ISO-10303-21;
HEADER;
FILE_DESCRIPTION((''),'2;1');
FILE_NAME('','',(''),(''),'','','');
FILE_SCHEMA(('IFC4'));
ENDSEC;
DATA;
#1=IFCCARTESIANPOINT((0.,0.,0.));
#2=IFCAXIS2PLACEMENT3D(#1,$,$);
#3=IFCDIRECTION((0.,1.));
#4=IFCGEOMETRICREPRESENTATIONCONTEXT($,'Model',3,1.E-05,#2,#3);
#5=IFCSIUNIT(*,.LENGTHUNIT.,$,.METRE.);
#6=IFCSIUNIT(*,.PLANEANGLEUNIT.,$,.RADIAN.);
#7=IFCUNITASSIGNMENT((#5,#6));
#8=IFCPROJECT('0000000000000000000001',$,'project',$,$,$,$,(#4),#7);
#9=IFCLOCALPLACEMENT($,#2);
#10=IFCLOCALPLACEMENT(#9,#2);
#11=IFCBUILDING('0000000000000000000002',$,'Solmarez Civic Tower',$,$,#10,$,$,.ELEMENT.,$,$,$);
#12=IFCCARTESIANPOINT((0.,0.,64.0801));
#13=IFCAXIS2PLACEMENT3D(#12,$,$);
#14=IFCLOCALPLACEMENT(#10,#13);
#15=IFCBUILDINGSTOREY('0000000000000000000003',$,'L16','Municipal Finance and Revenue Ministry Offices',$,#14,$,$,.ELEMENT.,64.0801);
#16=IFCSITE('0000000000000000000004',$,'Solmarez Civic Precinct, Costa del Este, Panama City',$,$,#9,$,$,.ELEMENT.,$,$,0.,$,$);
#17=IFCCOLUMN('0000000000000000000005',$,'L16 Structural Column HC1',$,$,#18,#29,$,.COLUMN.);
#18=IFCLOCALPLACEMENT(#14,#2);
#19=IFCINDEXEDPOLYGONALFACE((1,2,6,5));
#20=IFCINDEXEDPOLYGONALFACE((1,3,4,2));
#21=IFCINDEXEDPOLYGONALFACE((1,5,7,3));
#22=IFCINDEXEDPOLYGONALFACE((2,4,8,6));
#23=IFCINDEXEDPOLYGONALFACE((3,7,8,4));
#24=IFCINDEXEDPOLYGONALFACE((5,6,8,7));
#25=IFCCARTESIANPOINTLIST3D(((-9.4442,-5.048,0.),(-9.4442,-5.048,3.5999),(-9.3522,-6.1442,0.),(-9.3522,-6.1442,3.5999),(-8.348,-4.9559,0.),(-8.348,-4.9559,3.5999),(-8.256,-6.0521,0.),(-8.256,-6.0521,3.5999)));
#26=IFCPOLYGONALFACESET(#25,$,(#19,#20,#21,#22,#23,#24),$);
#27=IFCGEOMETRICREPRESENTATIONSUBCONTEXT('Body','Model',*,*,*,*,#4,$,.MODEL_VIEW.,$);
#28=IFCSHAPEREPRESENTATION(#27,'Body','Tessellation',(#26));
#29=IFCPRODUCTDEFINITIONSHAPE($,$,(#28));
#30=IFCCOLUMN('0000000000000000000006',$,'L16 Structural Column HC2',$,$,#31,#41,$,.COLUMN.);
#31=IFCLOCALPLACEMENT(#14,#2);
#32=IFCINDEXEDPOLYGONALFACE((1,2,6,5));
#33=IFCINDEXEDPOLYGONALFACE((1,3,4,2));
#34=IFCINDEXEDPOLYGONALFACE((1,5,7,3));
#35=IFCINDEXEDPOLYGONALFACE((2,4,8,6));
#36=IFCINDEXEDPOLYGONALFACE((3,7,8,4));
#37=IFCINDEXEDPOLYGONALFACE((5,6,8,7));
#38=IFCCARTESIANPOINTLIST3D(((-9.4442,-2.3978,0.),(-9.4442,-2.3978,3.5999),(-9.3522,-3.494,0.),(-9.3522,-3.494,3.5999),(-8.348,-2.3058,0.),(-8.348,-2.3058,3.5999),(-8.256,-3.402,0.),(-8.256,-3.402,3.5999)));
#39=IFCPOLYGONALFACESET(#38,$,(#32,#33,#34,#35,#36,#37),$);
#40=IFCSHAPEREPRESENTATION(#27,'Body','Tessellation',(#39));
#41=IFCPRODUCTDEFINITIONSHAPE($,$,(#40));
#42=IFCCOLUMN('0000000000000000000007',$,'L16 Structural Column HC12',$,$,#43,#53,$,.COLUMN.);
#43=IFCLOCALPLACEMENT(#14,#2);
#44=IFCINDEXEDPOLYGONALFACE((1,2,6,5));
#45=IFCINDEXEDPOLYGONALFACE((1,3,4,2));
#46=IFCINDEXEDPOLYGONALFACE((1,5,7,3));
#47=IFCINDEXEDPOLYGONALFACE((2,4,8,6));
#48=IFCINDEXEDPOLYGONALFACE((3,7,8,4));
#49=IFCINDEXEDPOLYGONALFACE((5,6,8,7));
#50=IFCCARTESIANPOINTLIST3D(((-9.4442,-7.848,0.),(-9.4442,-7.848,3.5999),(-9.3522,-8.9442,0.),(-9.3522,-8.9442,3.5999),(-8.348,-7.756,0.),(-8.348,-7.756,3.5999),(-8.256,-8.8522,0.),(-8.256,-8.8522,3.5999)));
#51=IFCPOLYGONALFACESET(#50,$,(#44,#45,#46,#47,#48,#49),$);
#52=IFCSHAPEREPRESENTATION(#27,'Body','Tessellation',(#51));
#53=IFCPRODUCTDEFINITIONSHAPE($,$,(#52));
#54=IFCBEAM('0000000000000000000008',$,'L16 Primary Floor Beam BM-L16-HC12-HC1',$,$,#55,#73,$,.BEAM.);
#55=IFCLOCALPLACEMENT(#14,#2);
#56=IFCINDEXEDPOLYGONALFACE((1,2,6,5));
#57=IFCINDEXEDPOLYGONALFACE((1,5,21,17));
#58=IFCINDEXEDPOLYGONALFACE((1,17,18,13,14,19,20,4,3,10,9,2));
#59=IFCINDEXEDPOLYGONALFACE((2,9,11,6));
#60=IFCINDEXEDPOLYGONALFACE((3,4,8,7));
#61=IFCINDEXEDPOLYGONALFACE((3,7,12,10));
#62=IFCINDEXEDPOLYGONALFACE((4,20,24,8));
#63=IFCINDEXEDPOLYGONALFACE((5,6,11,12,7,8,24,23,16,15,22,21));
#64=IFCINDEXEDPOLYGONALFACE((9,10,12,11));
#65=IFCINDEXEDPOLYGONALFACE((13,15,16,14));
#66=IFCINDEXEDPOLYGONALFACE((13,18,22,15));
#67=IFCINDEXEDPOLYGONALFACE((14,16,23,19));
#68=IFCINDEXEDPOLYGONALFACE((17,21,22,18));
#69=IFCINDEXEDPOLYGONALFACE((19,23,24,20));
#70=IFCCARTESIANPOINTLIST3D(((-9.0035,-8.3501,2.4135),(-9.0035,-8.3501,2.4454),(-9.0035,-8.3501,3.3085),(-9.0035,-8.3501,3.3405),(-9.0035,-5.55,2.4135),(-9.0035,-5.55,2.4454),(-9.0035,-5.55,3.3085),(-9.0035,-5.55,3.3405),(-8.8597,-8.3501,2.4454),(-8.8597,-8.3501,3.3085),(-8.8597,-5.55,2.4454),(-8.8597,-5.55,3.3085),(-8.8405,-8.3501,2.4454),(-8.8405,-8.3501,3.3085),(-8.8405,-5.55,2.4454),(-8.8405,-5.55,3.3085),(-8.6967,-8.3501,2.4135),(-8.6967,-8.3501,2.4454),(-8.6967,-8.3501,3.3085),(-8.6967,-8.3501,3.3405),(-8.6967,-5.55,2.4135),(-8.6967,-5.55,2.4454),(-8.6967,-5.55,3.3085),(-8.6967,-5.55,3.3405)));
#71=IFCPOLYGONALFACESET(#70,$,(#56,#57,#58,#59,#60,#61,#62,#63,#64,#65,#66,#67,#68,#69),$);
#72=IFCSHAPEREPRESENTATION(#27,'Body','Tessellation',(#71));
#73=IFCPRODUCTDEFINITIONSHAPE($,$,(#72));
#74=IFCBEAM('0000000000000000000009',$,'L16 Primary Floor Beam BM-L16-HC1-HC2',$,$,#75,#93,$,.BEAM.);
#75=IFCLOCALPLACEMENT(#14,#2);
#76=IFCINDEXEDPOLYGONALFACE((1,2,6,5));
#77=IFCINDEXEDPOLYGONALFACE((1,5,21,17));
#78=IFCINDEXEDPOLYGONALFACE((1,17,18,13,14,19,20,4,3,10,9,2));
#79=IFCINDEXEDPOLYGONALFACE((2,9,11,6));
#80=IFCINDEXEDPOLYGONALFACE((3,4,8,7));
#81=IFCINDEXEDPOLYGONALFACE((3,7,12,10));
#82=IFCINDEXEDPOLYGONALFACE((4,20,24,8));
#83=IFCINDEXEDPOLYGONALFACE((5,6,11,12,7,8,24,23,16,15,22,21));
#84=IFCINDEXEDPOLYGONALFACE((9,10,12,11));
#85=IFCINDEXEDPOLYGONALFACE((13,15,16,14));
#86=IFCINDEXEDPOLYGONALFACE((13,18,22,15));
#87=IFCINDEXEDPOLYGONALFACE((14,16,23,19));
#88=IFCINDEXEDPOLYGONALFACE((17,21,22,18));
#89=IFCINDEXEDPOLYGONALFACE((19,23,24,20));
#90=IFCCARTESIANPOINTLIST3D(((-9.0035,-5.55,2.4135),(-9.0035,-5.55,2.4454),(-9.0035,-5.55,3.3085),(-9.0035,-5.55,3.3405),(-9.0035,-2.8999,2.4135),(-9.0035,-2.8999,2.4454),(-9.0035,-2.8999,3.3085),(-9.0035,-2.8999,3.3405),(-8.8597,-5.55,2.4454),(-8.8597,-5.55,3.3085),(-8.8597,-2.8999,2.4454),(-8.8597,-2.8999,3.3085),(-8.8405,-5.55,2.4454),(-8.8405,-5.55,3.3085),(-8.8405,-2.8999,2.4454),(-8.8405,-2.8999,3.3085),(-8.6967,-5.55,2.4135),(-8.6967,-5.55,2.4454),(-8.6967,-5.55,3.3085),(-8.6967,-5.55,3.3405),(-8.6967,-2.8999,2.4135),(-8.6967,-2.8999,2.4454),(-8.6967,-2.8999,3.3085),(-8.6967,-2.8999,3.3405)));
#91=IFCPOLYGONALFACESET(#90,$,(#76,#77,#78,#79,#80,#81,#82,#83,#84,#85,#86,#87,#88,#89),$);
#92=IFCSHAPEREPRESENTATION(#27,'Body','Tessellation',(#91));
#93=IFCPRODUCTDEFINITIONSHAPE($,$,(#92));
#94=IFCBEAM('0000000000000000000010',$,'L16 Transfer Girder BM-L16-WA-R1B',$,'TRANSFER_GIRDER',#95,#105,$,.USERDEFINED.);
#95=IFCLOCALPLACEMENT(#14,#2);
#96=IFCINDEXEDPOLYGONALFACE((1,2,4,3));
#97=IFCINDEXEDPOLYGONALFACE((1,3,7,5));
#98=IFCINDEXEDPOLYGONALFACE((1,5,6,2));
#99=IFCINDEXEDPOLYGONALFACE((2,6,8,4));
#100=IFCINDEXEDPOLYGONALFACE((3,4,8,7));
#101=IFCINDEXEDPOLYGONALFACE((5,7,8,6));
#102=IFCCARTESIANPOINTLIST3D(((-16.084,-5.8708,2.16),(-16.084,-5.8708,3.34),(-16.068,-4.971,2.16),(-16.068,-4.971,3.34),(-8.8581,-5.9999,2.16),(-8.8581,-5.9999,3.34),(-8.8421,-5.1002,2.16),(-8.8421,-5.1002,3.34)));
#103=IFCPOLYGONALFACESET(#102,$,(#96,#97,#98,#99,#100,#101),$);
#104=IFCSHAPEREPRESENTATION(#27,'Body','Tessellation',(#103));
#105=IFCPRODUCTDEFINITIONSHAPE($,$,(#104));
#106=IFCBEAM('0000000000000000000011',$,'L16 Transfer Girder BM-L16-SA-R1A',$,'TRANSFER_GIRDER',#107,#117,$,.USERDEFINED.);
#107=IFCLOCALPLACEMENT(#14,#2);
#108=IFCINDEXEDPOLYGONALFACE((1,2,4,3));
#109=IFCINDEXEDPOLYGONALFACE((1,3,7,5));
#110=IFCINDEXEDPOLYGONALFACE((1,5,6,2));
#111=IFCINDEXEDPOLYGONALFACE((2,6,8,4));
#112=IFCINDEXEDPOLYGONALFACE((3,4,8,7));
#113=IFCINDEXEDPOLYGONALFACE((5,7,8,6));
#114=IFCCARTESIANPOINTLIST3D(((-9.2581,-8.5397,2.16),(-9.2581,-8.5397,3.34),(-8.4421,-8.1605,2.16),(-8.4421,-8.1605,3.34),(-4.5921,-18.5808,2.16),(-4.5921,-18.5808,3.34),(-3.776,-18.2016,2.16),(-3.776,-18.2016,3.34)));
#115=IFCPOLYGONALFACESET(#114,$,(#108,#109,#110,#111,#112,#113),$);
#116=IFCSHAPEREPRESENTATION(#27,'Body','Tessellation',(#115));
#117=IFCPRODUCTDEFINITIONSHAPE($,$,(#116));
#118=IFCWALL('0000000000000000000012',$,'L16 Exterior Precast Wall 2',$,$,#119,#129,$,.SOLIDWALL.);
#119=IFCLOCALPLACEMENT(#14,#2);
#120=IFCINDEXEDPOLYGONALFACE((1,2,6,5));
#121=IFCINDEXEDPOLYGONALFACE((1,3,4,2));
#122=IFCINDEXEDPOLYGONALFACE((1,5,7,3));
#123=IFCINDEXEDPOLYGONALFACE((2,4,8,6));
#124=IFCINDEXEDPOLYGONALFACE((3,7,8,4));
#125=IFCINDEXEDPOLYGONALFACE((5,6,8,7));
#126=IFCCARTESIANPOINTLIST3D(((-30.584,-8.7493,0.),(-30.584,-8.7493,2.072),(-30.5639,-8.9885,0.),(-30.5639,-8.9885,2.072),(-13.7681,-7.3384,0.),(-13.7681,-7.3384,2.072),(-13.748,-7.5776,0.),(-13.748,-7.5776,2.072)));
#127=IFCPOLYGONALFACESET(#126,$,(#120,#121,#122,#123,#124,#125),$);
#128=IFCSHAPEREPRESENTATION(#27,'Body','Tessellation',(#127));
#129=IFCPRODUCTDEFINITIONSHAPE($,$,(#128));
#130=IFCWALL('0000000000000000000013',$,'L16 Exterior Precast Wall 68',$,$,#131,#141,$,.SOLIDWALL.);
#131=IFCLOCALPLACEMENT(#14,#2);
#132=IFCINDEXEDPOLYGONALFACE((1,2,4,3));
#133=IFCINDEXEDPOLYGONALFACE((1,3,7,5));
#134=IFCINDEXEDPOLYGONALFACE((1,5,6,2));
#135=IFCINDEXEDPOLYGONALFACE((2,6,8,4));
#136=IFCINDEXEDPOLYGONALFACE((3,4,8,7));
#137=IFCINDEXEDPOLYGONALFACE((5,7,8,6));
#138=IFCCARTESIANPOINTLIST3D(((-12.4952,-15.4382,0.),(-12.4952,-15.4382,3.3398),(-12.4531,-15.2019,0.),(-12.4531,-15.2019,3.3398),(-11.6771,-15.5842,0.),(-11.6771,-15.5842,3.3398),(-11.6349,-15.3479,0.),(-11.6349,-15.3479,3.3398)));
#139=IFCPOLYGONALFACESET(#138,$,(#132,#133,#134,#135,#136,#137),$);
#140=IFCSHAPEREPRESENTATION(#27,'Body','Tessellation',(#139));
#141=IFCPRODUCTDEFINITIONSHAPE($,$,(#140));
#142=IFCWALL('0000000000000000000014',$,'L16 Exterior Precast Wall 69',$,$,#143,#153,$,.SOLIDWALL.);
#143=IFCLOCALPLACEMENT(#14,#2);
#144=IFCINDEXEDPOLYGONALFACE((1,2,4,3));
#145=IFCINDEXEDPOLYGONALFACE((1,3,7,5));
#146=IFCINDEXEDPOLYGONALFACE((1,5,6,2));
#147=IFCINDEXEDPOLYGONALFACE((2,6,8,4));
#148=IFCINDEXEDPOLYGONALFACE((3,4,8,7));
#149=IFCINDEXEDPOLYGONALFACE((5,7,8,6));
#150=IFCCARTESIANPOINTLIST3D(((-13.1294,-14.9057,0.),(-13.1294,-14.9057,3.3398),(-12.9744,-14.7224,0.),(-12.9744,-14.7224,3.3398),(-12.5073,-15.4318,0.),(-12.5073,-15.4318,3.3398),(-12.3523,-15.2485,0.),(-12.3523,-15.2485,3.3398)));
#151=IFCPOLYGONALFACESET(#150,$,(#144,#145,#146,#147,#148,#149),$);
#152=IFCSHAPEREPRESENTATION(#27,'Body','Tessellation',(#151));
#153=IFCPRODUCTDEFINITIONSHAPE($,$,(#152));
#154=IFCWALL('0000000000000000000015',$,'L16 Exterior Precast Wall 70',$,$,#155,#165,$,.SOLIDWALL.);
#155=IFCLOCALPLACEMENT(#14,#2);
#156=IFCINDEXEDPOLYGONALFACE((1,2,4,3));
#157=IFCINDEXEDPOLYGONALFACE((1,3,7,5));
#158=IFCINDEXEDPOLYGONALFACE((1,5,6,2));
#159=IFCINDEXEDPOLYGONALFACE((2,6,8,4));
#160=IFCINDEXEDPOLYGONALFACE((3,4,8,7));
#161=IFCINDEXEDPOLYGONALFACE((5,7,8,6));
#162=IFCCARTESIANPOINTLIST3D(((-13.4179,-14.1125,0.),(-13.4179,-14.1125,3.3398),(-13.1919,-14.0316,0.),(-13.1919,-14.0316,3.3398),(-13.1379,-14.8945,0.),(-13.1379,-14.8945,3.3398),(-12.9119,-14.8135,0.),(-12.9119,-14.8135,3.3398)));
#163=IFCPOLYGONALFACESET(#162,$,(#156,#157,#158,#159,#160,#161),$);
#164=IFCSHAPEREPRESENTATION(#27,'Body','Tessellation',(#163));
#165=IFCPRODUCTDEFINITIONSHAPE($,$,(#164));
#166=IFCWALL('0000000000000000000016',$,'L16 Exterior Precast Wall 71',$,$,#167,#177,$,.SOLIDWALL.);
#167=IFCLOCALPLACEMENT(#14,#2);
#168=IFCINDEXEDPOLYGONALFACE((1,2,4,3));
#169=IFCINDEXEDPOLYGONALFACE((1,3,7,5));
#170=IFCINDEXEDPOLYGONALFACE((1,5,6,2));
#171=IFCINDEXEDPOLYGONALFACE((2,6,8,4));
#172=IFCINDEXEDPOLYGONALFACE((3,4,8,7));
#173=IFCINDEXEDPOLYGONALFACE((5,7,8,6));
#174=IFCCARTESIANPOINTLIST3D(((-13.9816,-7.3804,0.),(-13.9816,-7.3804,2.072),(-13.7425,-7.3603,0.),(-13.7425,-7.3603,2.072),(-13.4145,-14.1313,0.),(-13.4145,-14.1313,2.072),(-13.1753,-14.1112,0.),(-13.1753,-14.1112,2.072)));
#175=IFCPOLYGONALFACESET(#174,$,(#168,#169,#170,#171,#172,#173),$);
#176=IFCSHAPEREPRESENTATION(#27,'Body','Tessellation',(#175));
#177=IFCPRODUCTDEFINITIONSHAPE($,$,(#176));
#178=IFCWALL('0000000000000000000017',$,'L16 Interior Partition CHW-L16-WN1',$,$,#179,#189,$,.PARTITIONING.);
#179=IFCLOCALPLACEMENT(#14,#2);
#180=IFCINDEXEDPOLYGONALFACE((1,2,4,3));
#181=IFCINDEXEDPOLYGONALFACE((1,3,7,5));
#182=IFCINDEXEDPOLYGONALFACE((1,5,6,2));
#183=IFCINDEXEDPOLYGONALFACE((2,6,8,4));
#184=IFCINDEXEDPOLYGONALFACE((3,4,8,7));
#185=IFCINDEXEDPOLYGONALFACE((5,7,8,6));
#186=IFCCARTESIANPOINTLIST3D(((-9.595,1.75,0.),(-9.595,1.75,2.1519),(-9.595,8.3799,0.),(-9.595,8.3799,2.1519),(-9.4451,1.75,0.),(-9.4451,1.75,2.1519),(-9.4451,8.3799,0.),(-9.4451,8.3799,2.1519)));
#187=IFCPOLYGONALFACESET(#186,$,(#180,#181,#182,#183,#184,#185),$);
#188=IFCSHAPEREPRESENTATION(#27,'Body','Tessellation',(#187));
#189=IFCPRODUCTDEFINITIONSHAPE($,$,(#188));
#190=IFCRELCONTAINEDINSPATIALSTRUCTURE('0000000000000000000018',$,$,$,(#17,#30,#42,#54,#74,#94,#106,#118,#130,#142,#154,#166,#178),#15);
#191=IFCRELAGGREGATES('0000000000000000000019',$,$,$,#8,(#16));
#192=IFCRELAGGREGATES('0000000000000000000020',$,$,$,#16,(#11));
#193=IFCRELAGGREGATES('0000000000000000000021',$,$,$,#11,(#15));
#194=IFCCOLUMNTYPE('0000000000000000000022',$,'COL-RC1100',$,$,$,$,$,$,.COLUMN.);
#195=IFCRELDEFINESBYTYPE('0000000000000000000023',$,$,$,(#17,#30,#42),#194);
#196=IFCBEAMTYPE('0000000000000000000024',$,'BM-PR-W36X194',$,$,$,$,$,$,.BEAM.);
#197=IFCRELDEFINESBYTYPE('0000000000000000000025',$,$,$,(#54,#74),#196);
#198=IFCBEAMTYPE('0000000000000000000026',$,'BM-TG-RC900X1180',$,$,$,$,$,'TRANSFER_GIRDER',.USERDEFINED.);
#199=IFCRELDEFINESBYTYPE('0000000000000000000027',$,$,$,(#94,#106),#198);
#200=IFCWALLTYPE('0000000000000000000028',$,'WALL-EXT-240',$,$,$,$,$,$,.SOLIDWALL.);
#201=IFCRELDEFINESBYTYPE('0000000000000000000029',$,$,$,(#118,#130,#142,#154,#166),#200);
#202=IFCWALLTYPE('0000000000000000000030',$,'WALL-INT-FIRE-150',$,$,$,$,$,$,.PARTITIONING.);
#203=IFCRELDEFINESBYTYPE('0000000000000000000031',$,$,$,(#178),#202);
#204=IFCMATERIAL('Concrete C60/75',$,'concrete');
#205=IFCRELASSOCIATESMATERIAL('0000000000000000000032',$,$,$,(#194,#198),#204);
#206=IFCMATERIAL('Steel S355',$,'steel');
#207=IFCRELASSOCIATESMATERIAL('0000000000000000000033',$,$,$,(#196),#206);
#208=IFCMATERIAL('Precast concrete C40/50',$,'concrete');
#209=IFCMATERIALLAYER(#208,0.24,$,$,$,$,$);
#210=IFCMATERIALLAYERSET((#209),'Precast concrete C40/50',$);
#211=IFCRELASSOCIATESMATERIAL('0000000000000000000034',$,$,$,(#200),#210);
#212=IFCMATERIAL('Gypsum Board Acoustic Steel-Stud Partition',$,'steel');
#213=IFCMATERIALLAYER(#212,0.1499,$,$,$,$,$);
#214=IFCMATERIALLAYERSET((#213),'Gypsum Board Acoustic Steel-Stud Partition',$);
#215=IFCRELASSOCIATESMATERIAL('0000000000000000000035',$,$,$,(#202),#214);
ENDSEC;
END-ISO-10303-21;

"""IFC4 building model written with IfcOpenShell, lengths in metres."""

from ifc_helpers import new_model, si_unit, direction, frame, frame_2d, origin, origin_2d, place, context, subcontext, project, spatial, rectangle, i_section, extrude, material, layer, layer_set, material_profile, profile_set, type_object, element, save


model = new_model("IFC4")

# Units and contexts
model_context = context("Model", 3, precision=1e-05, world=origin(), true_north=direction((0.0, 1.0)))
body_context = subcontext(model_context, "Body", "Model", "MODEL_VIEW")
ifc_project = project(units=[si_unit("LENGTHUNIT", "METRE"), si_unit("PLANEANGLEUNIT", "RADIAN")], contexts=[model_context])

# Site, building, storey
site_placement = place(None, origin())
site = spatial("IfcSite", under=ifc_project, at=site_placement, Name="Solmarez Civic Precinct, Costa del Este, Panama City", CompositionType="ELEMENT", RefElevation=0.0)
building_placement = place(site_placement, origin())
building = spatial("IfcBuilding", under=site, at=building_placement, Name="Solmarez Civic Tower", CompositionType="ELEMENT")
storey_placement = place(building_placement, frame((0.0, 0.0, 64.0801)))
storey = spatial("IfcBuildingStorey", under=building, at=storey_placement, Name="L16", Description="Municipal Finance and Revenue Ministry Offices", CompositionType="ELEMENT", Elevation=64.0801)

# Columns
ifc_material_1 = material(Name="Concrete C60/75", Category="concrete")
ifc_material_profile_1 = material_profile(ifc_material_1, rectangle(XDim=1.1001, YDim=1.1001, at=origin_2d()), Name="RC1100X1100")
ifc_profile_set_1 = profile_set([ifc_material_profile_1], Name="Concrete C60/75")
column_type = type_object("IfcColumnType", Name="COL-RC1100", PredefinedType="COLUMN", material=ifc_profile_set_1)
for number, where, z_axis, x_axis, name in (
    (1, (-8.8501, -5.55, 0.0), (0.0, 0.0, 1.0), (0.996493, 0.083678, 0.0), "L16 Structural Column HC1"),
    (2, (-8.8501, -2.8999, 0.0), (0.0, 0.0, 1.0), (0.996493, 0.083678, 0.0), "L16 Structural Column HC2"),
    (3, (-8.8501, -8.3501, 0.0), (0.0, 0.0, 1.0), (0.996493, 0.083678, 0.0), "L16 Structural Column HC12"),
):
    element("IfcColumn", number, at=place(storey_placement, frame(where, z_axis=z_axis, x_axis=x_axis)), inside=storey, type_object=column_type, Name=name, PredefinedType="COLUMN", context=body_context, shape_type="SweptSolid", body=[
        extrude(rectangle(XDim=1.1001, YDim=1.1001, at=origin_2d()), origin(), (0.0, 0.0, 1.0), 3.5999),
    ])

# Beams
ifc_material_2 = material(Name="Steel S355", Category="steel")
ifc_material_profile_2 = material_profile(ifc_material_2, i_section(OverallWidth=0.3069, OverallDepth=0.927, WebThickness=0.0193, FlangeThickness=0.032, at=origin_2d()), Name="W36X194")
ifc_profile_set_2 = profile_set([ifc_material_profile_2], Name="Steel S355")
beam_type_1 = type_object("IfcBeamType", Name="BM-PR-W36X194", PredefinedType="BEAM", material=ifc_profile_set_2)
beam_1_placement = place(storey_placement, frame((-8.8501, -8.3501, 2.877), z_axis=(0.0, 1.0, 0.0), x_axis=(-1.0, 0.0, 0.0)))
element("IfcBeam", 4, at=beam_1_placement, inside=storey, type_object=beam_type_1, Name="L16 Primary Floor Beam BM-L16-HC12-HC1", PredefinedType="BEAM", context=body_context, shape_type="SweptSolid", body=[
    extrude(i_section(OverallWidth=0.3069, OverallDepth=0.927, WebThickness=0.0193, FlangeThickness=0.032, at=origin_2d()), origin(), (0.0, 0.0, 1.0), 2.8),
])
beam_2_placement = place(storey_placement, frame((-8.8501, -5.55, 2.877), z_axis=(0.0, 1.0, 0.0), x_axis=(-1.0, 0.0, 0.0)))
element("IfcBeam", 5, at=beam_2_placement, inside=storey, type_object=beam_type_1, Name="L16 Primary Floor Beam BM-L16-HC1-HC2", PredefinedType="BEAM", context=body_context, shape_type="SweptSolid", body=[
    extrude(i_section(OverallWidth=0.3069, OverallDepth=0.927, WebThickness=0.0193, FlangeThickness=0.032, at=origin_2d()), origin(), (0.0, 0.0, 1.0), 2.6501),
])
ifc_material_profile_3 = material_profile(ifc_material_1, rectangle(XDim=0.8999, YDim=1.1799, at=origin_2d()), Name="RC900X1180")
ifc_profile_set_3 = profile_set([ifc_material_profile_3], Name="Concrete C60/75")
beam_type_2 = type_object("IfcBeamType", Name="BM-TG-RC900X1180", ElementType="TRANSFER_GIRDER", PredefinedType="USERDEFINED", material=ifc_profile_set_3)
beam_3_placement = place(storey_placement, frame((-8.8501, -5.55, 2.75), z_axis=(-0.99984, 0.017871, 0.0), x_axis=(-0.017871, -0.99984, 0.0)))
element("IfcBeam", 6, at=beam_3_placement, inside=storey, type_object=beam_type_2, Name="L16 Transfer Girder BM-L16-WA-R1B", ObjectType="TRANSFER_GIRDER", PredefinedType="USERDEFINED", context=body_context, shape_type="SweptSolid", body=[
    extrude(rectangle(XDim=0.8999, YDim=1.1799, at=origin_2d()), origin(), (0.0, 0.0, 1.0), 7.2271),
])
beam_4_placement = place(storey_placement, frame((-8.8501, -8.3501, 2.75), z_axis=(0.421417, -0.906867, 0.0), x_axis=(0.906867, 0.421417, 0.0)))
element("IfcBeam", 7, at=beam_4_placement, inside=storey, type_object=beam_type_2, Name="L16 Transfer Girder BM-L16-SA-R1A", ObjectType="TRANSFER_GIRDER", PredefinedType="USERDEFINED", context=body_context, shape_type="SweptSolid", body=[
    extrude(rectangle(XDim=0.8999, YDim=1.1799, at=origin_2d()), origin(), (0.0, 0.0, 1.0), 11.0723),
])

# Walls
ifc_material_3 = material(Name="Precast concrete C40/50", Category="concrete")
ifc_layer_1 = layer(ifc_material_3, 0.24)
ifc_layer_set_1 = layer_set([ifc_layer_1], Name="Precast concrete C40/50")
wall_type_1 = type_object("IfcWallType", Name="WALL-EXT-240", PredefinedType="SOLIDWALL", material=ifc_layer_set_1)
wall_1_placement = place(storey_placement, frame((-13.7581, -7.458, 0.0), z_axis=(0.0, 0.0, 1.0), x_axis=(-0.996499, -0.083608, 0.0)))
element("IfcWall", 8, at=wall_1_placement, inside=storey, type_object=wall_type_1, Name="L16 Exterior Precast Wall 2", PredefinedType="SOLIDWALL", context=body_context, shape_type="SweptSolid", body=[
    extrude(rectangle(XDim=16.875, YDim=0.24, at=frame_2d((8.4375, 0.0))), origin(), (0.0, 0.0, 1.0), 2.072),
])
wall_2_placement = place(storey_placement, frame((-11.656, -15.4661, 0.0), z_axis=(0.0, 0.0, 1.0), x_axis=(-0.984448, 0.175679, 0.0)))
element("IfcWall", 9, at=wall_2_placement, inside=storey, type_object=wall_type_1, Name="L16 Exterior Precast Wall 68", PredefinedType="SOLIDWALL", context=body_context, shape_type="SweptSolid", body=[
    extrude(rectangle(XDim=0.8311, YDim=0.24, at=frame_2d((0.4155, 0.0))), origin(), (0.0, 0.0, 1.0), 3.3398),
])
wall_3_placement = place(storey_placement, frame((-12.4299, -15.3401, 0.0), z_axis=(0.0, 0.0, 1.0), x_axis=(-0.763534, 0.645768, 0.0)))
element("IfcWall", 10, at=wall_3_placement, inside=storey, type_object=wall_type_1, Name="L16 Exterior Precast Wall 69", PredefinedType="SOLIDWALL", context=body_context, shape_type="SweptSolid", body=[
    extrude(rectangle(XDim=0.8147, YDim=0.24, at=frame_2d((0.4072, 0.0))), origin(), (0.0, 0.0, 1.0), 3.3398),
])
wall_4_placement = place(storey_placement, frame((-13.0249, -14.854, 0.0), z_axis=(0.0, 0.0, 1.0), x_axis=(-0.337137, 0.941456, 0.0)))
element("IfcWall", 11, at=wall_4_placement, inside=storey, type_object=wall_type_1, Name="L16 Exterior Precast Wall 70", PredefinedType="SOLIDWALL", context=body_context, shape_type="SweptSolid", body=[
    extrude(rectangle(XDim=0.8306, YDim=0.24, at=frame_2d((0.4153, 0.0))), origin(), (0.0, 0.0, 1.0), 3.3398),
])
wall_5_placement = place(storey_placement, frame((-13.2949, -14.1211, 0.0), z_axis=(0.0, 0.0, 1.0), x_axis=(-0.083714, 0.99649, 0.0)))
element("IfcWall", 12, at=wall_5_placement, inside=storey, type_object=wall_type_1, Name="L16 Exterior Precast Wall 71", PredefinedType="SOLIDWALL", context=body_context, shape_type="SweptSolid", body=[
    extrude(rectangle(XDim=6.7747, YDim=0.24, at=frame_2d((3.3872, 0.0))), origin(), (0.0, 0.0, 1.0), 2.072),
])
ifc_material_4 = material(Name="Gypsum Board Acoustic Steel-Stud Partition", Category="steel")
ifc_layer_2 = layer(ifc_material_4, 0.1499)
ifc_layer_set_2 = layer_set([ifc_layer_2], Name="Gypsum Board Acoustic Steel-Stud Partition")
wall_type_2 = type_object("IfcWallType", Name="WALL-INT-FIRE-150", PredefinedType="PARTITIONING", material=ifc_layer_set_2)
for number, where, z_axis, x_axis, name in (
    (13, (-9.52, 1.75, 0.0), (0.0, 0.0, 1.0), (0.0, 1.0, 0.0), "L16 Interior Partition CHW-L16-WN1"),
):
    element("IfcWall", number, at=place(storey_placement, frame(where, z_axis=z_axis, x_axis=x_axis)), inside=storey, type_object=wall_type_2, Name=name, PredefinedType="PARTITIONING", context=body_context, shape_type="SweptSolid", body=[
        extrude(rectangle(XDim=6.6299, YDim=0.1499, at=frame_2d((3.3149, 0.0))), origin(), (0.0, 0.0, 1.0), 2.1519),
    ])

save(model, "model.ifc")
